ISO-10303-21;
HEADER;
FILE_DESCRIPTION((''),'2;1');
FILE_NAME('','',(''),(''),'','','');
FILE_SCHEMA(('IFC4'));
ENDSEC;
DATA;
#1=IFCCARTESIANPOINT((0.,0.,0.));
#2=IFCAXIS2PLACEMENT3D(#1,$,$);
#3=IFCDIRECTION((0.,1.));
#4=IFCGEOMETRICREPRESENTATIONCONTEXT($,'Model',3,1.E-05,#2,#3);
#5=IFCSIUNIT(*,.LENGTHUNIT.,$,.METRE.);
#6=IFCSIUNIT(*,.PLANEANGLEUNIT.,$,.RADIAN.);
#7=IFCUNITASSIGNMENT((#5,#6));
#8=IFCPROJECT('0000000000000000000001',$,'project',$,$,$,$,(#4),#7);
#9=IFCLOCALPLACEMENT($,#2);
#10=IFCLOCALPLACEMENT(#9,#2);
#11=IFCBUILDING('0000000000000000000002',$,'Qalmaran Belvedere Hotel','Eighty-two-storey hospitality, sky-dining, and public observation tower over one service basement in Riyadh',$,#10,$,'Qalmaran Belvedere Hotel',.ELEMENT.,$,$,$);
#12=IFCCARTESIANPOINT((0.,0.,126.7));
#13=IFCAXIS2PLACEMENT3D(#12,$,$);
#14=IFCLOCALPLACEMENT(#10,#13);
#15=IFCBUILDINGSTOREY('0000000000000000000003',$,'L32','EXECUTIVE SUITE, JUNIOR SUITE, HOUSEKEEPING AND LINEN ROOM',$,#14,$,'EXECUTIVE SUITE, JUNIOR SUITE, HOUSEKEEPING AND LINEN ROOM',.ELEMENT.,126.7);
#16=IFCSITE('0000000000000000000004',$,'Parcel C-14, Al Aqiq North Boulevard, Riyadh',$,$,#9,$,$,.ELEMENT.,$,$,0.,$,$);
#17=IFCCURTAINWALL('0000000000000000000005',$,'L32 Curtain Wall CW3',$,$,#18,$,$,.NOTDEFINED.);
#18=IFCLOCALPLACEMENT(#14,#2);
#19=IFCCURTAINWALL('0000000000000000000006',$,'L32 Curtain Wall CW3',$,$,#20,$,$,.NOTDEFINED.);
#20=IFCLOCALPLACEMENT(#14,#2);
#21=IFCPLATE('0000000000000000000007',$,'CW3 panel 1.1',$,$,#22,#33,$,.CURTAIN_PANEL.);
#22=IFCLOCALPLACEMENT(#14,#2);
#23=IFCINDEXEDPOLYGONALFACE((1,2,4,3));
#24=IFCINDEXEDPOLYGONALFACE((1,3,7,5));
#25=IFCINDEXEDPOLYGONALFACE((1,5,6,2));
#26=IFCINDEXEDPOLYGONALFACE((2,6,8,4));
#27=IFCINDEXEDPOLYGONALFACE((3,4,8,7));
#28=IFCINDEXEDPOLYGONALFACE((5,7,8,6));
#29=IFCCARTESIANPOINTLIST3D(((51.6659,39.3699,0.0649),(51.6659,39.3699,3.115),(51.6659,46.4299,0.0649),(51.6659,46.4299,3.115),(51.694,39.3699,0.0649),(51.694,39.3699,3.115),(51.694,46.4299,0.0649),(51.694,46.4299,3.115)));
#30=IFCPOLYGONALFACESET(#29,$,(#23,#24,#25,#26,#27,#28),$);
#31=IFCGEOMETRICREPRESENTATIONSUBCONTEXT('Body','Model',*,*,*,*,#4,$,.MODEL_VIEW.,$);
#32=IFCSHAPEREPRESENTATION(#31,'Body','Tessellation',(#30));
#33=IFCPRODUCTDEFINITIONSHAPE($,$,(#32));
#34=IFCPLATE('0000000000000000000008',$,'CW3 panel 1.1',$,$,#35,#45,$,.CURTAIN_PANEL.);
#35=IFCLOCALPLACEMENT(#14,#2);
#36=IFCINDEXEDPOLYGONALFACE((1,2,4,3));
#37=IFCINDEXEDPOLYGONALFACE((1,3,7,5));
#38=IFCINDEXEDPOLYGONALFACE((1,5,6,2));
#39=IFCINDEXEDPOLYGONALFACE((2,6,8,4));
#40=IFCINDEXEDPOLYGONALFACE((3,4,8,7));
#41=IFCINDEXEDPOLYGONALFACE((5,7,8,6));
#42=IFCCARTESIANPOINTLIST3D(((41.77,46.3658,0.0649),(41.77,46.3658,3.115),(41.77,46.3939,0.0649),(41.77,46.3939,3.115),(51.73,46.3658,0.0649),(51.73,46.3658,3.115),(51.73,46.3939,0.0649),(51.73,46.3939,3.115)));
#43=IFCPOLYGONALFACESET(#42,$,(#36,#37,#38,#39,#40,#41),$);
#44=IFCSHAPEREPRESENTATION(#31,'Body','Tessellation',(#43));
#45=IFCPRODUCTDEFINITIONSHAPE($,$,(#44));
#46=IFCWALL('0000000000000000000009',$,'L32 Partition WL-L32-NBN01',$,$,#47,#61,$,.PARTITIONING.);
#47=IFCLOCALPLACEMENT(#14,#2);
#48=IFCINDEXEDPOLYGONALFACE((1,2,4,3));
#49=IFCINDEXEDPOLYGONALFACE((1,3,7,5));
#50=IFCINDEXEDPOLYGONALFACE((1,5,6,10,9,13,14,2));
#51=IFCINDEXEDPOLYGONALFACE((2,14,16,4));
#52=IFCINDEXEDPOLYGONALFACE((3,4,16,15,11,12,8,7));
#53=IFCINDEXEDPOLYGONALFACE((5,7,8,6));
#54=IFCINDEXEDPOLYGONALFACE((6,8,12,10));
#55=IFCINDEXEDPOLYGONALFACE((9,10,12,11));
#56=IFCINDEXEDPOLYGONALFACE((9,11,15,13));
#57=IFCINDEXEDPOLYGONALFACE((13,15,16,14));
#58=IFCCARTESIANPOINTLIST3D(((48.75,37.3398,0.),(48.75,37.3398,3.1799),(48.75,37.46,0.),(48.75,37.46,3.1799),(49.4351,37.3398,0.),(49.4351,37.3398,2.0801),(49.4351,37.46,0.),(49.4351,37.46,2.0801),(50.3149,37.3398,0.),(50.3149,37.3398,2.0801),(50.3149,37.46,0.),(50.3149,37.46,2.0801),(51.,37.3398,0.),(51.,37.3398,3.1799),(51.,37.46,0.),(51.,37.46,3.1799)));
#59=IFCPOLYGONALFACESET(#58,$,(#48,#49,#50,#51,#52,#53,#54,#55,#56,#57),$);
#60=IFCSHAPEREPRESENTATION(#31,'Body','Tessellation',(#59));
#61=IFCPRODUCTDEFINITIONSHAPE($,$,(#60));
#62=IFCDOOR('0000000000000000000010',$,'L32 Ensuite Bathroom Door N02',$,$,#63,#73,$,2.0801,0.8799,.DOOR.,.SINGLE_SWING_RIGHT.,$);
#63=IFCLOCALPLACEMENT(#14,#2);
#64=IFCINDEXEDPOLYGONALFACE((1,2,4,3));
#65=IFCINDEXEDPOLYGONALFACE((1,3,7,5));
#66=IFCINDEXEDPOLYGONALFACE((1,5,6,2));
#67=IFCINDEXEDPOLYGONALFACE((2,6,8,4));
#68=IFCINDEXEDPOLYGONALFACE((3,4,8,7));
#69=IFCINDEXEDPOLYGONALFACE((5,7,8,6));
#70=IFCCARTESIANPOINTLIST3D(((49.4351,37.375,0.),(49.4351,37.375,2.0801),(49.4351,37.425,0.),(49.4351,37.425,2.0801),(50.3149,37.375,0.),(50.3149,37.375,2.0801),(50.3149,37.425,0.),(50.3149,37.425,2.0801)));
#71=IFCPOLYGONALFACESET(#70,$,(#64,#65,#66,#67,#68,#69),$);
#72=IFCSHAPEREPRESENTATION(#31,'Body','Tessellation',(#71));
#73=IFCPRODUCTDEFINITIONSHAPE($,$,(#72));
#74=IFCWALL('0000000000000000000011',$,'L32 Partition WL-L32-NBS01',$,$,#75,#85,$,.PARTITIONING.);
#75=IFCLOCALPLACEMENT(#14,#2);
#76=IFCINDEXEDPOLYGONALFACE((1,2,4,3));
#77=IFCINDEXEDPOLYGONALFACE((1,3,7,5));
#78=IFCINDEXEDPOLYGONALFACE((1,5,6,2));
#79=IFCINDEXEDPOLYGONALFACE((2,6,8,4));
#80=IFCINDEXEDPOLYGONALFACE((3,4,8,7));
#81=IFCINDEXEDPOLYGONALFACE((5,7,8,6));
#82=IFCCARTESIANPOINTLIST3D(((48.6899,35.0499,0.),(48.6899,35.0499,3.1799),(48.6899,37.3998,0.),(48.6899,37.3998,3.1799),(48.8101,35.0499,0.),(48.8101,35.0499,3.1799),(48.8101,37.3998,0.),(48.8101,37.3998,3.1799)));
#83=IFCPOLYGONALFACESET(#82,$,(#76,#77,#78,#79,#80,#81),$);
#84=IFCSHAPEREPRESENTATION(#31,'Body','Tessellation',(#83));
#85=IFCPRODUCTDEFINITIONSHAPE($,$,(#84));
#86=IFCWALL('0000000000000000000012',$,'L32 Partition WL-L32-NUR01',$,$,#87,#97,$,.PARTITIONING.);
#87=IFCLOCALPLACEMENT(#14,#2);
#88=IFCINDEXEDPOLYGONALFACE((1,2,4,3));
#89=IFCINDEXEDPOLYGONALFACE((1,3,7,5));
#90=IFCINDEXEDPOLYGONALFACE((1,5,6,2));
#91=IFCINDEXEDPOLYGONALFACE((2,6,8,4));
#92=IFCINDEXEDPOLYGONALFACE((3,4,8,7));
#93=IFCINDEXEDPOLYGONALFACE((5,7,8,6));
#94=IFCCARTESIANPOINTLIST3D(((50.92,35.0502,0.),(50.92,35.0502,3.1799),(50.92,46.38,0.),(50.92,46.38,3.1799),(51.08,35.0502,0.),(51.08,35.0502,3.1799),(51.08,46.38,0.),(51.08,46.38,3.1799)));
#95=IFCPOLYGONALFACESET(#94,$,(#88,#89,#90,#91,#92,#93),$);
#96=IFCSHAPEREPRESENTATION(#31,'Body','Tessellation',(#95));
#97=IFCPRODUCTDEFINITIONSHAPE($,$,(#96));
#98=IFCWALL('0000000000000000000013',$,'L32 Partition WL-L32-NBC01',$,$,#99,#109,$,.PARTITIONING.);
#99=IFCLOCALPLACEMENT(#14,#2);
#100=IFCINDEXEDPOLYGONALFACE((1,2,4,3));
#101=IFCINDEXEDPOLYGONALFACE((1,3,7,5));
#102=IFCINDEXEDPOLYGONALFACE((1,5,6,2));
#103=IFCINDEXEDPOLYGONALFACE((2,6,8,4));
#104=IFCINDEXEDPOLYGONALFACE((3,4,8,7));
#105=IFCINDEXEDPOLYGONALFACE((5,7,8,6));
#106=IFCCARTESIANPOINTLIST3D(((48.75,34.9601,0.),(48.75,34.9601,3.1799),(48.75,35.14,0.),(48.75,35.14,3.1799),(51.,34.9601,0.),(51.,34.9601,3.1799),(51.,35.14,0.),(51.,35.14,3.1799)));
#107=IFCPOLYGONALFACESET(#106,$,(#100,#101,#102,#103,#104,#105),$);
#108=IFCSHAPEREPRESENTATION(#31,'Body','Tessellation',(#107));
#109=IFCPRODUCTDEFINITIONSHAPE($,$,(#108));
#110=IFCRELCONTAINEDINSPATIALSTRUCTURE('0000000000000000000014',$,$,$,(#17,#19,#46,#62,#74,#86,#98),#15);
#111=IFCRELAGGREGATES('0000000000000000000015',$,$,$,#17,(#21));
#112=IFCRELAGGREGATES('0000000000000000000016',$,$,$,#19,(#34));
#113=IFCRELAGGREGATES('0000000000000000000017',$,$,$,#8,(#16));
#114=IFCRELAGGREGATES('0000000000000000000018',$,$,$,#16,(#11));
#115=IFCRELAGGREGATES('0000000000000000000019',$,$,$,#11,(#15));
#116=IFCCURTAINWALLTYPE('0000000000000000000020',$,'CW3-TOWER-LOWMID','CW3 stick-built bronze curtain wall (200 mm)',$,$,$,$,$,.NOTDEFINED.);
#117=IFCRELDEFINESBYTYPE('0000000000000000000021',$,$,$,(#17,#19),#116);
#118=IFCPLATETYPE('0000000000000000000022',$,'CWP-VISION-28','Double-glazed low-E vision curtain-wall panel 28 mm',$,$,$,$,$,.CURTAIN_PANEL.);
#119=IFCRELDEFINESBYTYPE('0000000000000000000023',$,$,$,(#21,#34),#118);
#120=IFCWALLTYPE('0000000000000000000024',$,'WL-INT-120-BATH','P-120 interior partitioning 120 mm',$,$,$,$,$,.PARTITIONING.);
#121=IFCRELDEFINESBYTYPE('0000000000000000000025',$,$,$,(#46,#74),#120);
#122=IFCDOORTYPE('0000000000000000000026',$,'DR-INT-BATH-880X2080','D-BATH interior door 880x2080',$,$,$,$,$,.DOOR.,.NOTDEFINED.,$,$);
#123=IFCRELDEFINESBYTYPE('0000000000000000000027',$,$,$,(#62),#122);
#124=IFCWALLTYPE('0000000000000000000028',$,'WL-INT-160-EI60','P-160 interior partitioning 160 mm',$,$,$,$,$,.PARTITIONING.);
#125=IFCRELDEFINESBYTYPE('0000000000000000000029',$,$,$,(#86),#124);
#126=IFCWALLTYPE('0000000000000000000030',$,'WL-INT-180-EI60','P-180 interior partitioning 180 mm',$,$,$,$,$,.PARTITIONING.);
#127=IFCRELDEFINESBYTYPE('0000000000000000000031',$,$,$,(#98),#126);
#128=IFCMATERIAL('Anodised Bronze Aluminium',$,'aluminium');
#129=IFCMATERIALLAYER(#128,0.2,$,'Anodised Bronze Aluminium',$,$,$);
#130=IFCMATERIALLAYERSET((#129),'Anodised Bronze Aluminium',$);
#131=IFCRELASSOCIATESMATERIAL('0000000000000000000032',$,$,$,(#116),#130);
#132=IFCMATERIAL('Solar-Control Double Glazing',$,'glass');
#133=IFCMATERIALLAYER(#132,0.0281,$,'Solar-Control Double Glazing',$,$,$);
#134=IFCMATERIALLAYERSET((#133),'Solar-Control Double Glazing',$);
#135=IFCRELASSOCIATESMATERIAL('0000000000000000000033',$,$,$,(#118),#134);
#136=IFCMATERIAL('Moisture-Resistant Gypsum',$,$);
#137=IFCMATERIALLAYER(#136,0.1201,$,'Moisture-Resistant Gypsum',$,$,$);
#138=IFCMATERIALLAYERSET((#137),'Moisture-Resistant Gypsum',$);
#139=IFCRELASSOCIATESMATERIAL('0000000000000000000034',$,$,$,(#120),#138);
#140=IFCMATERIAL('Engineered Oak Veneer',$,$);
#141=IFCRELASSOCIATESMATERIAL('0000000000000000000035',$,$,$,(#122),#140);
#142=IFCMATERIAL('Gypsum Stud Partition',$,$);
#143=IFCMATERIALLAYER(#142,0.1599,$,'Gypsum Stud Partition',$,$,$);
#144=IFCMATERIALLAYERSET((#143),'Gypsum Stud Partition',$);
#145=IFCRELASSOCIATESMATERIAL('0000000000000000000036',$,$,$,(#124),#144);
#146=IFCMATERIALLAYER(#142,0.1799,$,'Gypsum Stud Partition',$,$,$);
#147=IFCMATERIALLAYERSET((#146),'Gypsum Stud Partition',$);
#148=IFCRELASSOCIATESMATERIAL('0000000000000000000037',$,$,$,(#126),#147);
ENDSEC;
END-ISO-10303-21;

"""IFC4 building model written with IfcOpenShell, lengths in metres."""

from ifc_helpers import new_model, si_unit, direction, frame, frame_2d, origin, origin_2d, place, context, subcontext, project, spatial, rectangle, extrude, material, layer, layer_set, type_object, element, fill, aggregate, save


model = new_model("IFC4")

# Units and contexts
model_context = context("Model", 3, precision=1e-05, world=origin(), true_north=direction((0.0, 1.0)))
body_context = subcontext(model_context, "Body", "Model", "MODEL_VIEW")
ifc_project = project(units=[si_unit("LENGTHUNIT", "METRE"), si_unit("PLANEANGLEUNIT", "RADIAN")], contexts=[model_context])

# Site, building, storey
site_placement = place(None, origin())
site = spatial("IfcSite", under=ifc_project, at=site_placement, Name="Parcel C-14, Al Aqiq North Boulevard, Riyadh", CompositionType="ELEMENT", RefElevation=0.0)
building_placement = place(site_placement, origin())
building = spatial("IfcBuilding", under=site, at=building_placement, Name="Qalmaran Belvedere Hotel", Description="Eighty-two-storey hospitality, sky-dining, and public observation tower over one service basement in Riyadh", LongName="Qalmaran Belvedere Hotel", CompositionType="ELEMENT")
storey_placement = place(building_placement, frame((0.0, 0.0, 126.7)))
storey = spatial("IfcBuildingStorey", under=building, at=storey_placement, Name="L32", Description="EXECUTIVE SUITE, JUNIOR SUITE, HOUSEKEEPING AND LINEN ROOM", LongName="EXECUTIVE SUITE, JUNIOR SUITE, HOUSEKEEPING AND LINEN ROOM", CompositionType="ELEMENT", Elevation=126.7)

# Shared definitions
ifc_material_1 = material(Name="Anodised Bronze Aluminium", Category="aluminium")
ifc_layer_1 = layer(ifc_material_1, 0.2, Name="Anodised Bronze Aluminium")
ifc_layer_set_1 = layer_set([ifc_layer_1], Name="Anodised Bronze Aluminium")
curtain_wall_type = type_object("IfcCurtainWallType", Name="CW3-TOWER-LOWMID", Description="CW3 stick-built bronze curtain wall (200 mm)", PredefinedType="NOTDEFINED", material=ifc_layer_set_1)

# Curtain wall
curtain_wall_1_placement = place(storey_placement, origin())
curtain_wall_1 = element("IfcCurtainWall", 1, at=curtain_wall_1_placement, inside=storey, type_object=curtain_wall_type, Name="L32 Curtain Wall CW3", PredefinedType="NOTDEFINED")

# Curtain wall
curtain_wall_2_placement = place(storey_placement, origin())
curtain_wall_2 = element("IfcCurtainWall", 2, at=curtain_wall_2_placement, inside=storey, type_object=curtain_wall_type, Name="L32 Curtain Wall CW3", PredefinedType="NOTDEFINED")

# Plates
ifc_material_2 = material(Name="Solar-Control Double Glazing", Category="glass")
ifc_layer_2 = layer(ifc_material_2, 0.0281, Name="Solar-Control Double Glazing")
ifc_layer_set_2 = layer_set([ifc_layer_2], Name="Solar-Control Double Glazing")
plate_type = type_object("IfcPlateType", Name="CWP-VISION-28", Description="Double-glazed low-E vision curtain-wall panel 28 mm", PredefinedType="CURTAIN_PANEL", material=ifc_layer_set_2)
plate_1_placement = place(storey_placement, frame((51.6799, 42.8999, 0.0649), z_axis=(0.0, 0.0, 1.0), x_axis=(0.0, 1.0, 0.0)))
plate_1 = element("IfcPlate", 3, at=plate_1_placement, type_object=plate_type, Name="CW3 panel 1.1", PredefinedType="CURTAIN_PANEL", context=body_context, shape_type="SweptSolid", body=[
    extrude(rectangle(XDim=7.0601, YDim=0.0281, at=origin_2d()), origin(), (0.0, 0.0, 1.0), 3.05),
])
aggregate(curtain_wall_1, [plate_1])
plate_2_placement = place(storey_placement, frame((46.75, 46.3799, 0.0649), z_axis=(0.0, 0.0, 1.0), x_axis=(-1.0, 0.0, 0.0)))
plate_2 = element("IfcPlate", 4, at=plate_2_placement, type_object=plate_type, Name="CW3 panel 1.1", PredefinedType="CURTAIN_PANEL", context=body_context, shape_type="SweptSolid", body=[
    extrude(rectangle(XDim=9.96, YDim=0.0281, at=origin_2d()), origin(), (0.0, 0.0, 1.0), 3.05),
])
aggregate(curtain_wall_2, [plate_2])

# Wall, opening, door
ifc_material_3 = material(Name="Moisture-Resistant Gypsum")
ifc_layer_3 = layer(ifc_material_3, 0.1201, Name="Moisture-Resistant Gypsum")
ifc_layer_set_3 = layer_set([ifc_layer_3], Name="Moisture-Resistant Gypsum")
wall_type_1 = type_object("IfcWallType", Name="WL-INT-120-BATH", Description="P-120 interior partitioning 120 mm", PredefinedType="PARTITIONING", material=ifc_layer_set_3)
wall_1_placement = place(storey_placement, frame((48.75, 37.3999, 0.0), z_axis=(0.0, 0.0, 1.0), x_axis=(1.0, 0.0, 0.0)))
wall_1 = element("IfcWall", 5, at=wall_1_placement, inside=storey, type_object=wall_type_1, Name="L32 Partition WL-L32-NBN01", PredefinedType="PARTITIONING", context=body_context, shape_type="SweptSolid", body=[
    extrude(rectangle(XDim=2.25, YDim=0.1201, at=frame_2d((1.125, 0.0))), origin(), (0.0, 0.0, 1.0), 3.1799),
])
opening_placement = place(wall_1_placement, frame((1.5649, 0.0, 0.0), z_axis=(0.0, 0.0, 1.0), x_axis=(-1.0, 0.0, 0.0)))
opening = element("IfcOpeningElement", 6, at=opening_placement, cuts=wall_1, PredefinedType="OPENING", context=body_context, shape_type="SweptSolid", body=[
    extrude(rectangle(XDim=0.8799, YDim=2.0801, at=frame_2d((0.4399, 1.04))), frame((0.0, 0.0701, 0.0), z_axis=(0.0, -1.0, 0.0), x_axis=(1.0, 0.0, 0.0)), (0.0, 0.0, 1.0), 0.1401),
])
ifc_material_4 = material(Name="Engineered Oak Veneer")
door_type = type_object("IfcDoorType", Name="DR-INT-BATH-880X2080", Description="D-BATH interior door 880x2080", OperationType="NOTDEFINED", PredefinedType="DOOR", material=ifc_material_4)
door_placement = place(opening_placement, origin())
door = element("IfcDoor", 7, at=door_placement, inside=storey, type_object=door_type, Name="L32 Ensuite Bathroom Door N02", OperationType="SINGLE_SWING_RIGHT", OverallHeight=2.0801, OverallWidth=0.8799, PredefinedType="DOOR", context=body_context, shape_type="SweptSolid", body=[
    extrude(rectangle(XDim=0.8799, YDim=2.0801, at=frame_2d((0.4399, 1.04))), frame((0.0, 0.0249, 0.0), z_axis=(0.0, -1.0, 0.0), x_axis=(1.0, 0.0, 0.0)), (0.0, 0.0, 1.0), 0.05),
])
fill(opening, door)

# Walls
wall_2_placement = place(storey_placement, frame((48.75, 35.05, 0.0), z_axis=(0.0, 0.0, 1.0), x_axis=(0.0, 1.0, 0.0)))
element("IfcWall", 8, at=wall_2_placement, inside=storey, type_object=wall_type_1, Name="L32 Partition WL-L32-NBS01", PredefinedType="PARTITIONING", context=body_context, shape_type="SweptSolid", body=[
    extrude(rectangle(XDim=2.3499, YDim=0.1201, at=frame_2d((1.1748, 0.0))), origin(), (0.0, 0.0, 1.0), 3.1799),
])
ifc_material_5 = material(Name="Gypsum Stud Partition")
ifc_layer_4 = layer(ifc_material_5, 0.1599, Name="Gypsum Stud Partition")
ifc_layer_set_4 = layer_set([ifc_layer_4], Name="Gypsum Stud Partition")
wall_type_2 = type_object("IfcWallType", Name="WL-INT-160-EI60", Description="P-160 interior partitioning 160 mm", PredefinedType="PARTITIONING", material=ifc_layer_set_4)
wall_3_placement = place(storey_placement, frame((51.0, 35.05, 0.0), z_axis=(0.0, 0.0, 1.0), x_axis=(0.0, 1.0, 0.0)))
element("IfcWall", 9, at=wall_3_placement, inside=storey, type_object=wall_type_2, Name="L32 Partition WL-L32-NUR01", PredefinedType="PARTITIONING", context=body_context, shape_type="SweptSolid", body=[
    extrude(rectangle(XDim=11.3298, YDim=0.1599, at=frame_2d((5.665, 0.0))), origin(), (0.0, 0.0, 1.0), 3.1799),
])
ifc_layer_5 = layer(ifc_material_5, 0.1799, Name="Gypsum Stud Partition")
ifc_layer_set_5 = layer_set([ifc_layer_5], Name="Gypsum Stud Partition")
wall_type_3 = type_object("IfcWallType", Name="WL-INT-180-EI60", Description="P-180 interior partitioning 180 mm", PredefinedType="PARTITIONING", material=ifc_layer_set_5)
wall_4_placement = place(storey_placement, frame((48.75, 35.05, 0.0), z_axis=(0.0, 0.0, 1.0), x_axis=(1.0, 0.0, 0.0)))
element("IfcWall", 10, at=wall_4_placement, inside=storey, type_object=wall_type_3, Name="L32 Partition WL-L32-NBC01", PredefinedType="PARTITIONING", context=body_context, shape_type="SweptSolid", body=[
    extrude(rectangle(XDim=2.25, YDim=0.1799, at=frame_2d((1.125, 0.0))), origin(), (0.0, 0.0, 1.0), 3.1799),
])

save(model, "model.ifc")
